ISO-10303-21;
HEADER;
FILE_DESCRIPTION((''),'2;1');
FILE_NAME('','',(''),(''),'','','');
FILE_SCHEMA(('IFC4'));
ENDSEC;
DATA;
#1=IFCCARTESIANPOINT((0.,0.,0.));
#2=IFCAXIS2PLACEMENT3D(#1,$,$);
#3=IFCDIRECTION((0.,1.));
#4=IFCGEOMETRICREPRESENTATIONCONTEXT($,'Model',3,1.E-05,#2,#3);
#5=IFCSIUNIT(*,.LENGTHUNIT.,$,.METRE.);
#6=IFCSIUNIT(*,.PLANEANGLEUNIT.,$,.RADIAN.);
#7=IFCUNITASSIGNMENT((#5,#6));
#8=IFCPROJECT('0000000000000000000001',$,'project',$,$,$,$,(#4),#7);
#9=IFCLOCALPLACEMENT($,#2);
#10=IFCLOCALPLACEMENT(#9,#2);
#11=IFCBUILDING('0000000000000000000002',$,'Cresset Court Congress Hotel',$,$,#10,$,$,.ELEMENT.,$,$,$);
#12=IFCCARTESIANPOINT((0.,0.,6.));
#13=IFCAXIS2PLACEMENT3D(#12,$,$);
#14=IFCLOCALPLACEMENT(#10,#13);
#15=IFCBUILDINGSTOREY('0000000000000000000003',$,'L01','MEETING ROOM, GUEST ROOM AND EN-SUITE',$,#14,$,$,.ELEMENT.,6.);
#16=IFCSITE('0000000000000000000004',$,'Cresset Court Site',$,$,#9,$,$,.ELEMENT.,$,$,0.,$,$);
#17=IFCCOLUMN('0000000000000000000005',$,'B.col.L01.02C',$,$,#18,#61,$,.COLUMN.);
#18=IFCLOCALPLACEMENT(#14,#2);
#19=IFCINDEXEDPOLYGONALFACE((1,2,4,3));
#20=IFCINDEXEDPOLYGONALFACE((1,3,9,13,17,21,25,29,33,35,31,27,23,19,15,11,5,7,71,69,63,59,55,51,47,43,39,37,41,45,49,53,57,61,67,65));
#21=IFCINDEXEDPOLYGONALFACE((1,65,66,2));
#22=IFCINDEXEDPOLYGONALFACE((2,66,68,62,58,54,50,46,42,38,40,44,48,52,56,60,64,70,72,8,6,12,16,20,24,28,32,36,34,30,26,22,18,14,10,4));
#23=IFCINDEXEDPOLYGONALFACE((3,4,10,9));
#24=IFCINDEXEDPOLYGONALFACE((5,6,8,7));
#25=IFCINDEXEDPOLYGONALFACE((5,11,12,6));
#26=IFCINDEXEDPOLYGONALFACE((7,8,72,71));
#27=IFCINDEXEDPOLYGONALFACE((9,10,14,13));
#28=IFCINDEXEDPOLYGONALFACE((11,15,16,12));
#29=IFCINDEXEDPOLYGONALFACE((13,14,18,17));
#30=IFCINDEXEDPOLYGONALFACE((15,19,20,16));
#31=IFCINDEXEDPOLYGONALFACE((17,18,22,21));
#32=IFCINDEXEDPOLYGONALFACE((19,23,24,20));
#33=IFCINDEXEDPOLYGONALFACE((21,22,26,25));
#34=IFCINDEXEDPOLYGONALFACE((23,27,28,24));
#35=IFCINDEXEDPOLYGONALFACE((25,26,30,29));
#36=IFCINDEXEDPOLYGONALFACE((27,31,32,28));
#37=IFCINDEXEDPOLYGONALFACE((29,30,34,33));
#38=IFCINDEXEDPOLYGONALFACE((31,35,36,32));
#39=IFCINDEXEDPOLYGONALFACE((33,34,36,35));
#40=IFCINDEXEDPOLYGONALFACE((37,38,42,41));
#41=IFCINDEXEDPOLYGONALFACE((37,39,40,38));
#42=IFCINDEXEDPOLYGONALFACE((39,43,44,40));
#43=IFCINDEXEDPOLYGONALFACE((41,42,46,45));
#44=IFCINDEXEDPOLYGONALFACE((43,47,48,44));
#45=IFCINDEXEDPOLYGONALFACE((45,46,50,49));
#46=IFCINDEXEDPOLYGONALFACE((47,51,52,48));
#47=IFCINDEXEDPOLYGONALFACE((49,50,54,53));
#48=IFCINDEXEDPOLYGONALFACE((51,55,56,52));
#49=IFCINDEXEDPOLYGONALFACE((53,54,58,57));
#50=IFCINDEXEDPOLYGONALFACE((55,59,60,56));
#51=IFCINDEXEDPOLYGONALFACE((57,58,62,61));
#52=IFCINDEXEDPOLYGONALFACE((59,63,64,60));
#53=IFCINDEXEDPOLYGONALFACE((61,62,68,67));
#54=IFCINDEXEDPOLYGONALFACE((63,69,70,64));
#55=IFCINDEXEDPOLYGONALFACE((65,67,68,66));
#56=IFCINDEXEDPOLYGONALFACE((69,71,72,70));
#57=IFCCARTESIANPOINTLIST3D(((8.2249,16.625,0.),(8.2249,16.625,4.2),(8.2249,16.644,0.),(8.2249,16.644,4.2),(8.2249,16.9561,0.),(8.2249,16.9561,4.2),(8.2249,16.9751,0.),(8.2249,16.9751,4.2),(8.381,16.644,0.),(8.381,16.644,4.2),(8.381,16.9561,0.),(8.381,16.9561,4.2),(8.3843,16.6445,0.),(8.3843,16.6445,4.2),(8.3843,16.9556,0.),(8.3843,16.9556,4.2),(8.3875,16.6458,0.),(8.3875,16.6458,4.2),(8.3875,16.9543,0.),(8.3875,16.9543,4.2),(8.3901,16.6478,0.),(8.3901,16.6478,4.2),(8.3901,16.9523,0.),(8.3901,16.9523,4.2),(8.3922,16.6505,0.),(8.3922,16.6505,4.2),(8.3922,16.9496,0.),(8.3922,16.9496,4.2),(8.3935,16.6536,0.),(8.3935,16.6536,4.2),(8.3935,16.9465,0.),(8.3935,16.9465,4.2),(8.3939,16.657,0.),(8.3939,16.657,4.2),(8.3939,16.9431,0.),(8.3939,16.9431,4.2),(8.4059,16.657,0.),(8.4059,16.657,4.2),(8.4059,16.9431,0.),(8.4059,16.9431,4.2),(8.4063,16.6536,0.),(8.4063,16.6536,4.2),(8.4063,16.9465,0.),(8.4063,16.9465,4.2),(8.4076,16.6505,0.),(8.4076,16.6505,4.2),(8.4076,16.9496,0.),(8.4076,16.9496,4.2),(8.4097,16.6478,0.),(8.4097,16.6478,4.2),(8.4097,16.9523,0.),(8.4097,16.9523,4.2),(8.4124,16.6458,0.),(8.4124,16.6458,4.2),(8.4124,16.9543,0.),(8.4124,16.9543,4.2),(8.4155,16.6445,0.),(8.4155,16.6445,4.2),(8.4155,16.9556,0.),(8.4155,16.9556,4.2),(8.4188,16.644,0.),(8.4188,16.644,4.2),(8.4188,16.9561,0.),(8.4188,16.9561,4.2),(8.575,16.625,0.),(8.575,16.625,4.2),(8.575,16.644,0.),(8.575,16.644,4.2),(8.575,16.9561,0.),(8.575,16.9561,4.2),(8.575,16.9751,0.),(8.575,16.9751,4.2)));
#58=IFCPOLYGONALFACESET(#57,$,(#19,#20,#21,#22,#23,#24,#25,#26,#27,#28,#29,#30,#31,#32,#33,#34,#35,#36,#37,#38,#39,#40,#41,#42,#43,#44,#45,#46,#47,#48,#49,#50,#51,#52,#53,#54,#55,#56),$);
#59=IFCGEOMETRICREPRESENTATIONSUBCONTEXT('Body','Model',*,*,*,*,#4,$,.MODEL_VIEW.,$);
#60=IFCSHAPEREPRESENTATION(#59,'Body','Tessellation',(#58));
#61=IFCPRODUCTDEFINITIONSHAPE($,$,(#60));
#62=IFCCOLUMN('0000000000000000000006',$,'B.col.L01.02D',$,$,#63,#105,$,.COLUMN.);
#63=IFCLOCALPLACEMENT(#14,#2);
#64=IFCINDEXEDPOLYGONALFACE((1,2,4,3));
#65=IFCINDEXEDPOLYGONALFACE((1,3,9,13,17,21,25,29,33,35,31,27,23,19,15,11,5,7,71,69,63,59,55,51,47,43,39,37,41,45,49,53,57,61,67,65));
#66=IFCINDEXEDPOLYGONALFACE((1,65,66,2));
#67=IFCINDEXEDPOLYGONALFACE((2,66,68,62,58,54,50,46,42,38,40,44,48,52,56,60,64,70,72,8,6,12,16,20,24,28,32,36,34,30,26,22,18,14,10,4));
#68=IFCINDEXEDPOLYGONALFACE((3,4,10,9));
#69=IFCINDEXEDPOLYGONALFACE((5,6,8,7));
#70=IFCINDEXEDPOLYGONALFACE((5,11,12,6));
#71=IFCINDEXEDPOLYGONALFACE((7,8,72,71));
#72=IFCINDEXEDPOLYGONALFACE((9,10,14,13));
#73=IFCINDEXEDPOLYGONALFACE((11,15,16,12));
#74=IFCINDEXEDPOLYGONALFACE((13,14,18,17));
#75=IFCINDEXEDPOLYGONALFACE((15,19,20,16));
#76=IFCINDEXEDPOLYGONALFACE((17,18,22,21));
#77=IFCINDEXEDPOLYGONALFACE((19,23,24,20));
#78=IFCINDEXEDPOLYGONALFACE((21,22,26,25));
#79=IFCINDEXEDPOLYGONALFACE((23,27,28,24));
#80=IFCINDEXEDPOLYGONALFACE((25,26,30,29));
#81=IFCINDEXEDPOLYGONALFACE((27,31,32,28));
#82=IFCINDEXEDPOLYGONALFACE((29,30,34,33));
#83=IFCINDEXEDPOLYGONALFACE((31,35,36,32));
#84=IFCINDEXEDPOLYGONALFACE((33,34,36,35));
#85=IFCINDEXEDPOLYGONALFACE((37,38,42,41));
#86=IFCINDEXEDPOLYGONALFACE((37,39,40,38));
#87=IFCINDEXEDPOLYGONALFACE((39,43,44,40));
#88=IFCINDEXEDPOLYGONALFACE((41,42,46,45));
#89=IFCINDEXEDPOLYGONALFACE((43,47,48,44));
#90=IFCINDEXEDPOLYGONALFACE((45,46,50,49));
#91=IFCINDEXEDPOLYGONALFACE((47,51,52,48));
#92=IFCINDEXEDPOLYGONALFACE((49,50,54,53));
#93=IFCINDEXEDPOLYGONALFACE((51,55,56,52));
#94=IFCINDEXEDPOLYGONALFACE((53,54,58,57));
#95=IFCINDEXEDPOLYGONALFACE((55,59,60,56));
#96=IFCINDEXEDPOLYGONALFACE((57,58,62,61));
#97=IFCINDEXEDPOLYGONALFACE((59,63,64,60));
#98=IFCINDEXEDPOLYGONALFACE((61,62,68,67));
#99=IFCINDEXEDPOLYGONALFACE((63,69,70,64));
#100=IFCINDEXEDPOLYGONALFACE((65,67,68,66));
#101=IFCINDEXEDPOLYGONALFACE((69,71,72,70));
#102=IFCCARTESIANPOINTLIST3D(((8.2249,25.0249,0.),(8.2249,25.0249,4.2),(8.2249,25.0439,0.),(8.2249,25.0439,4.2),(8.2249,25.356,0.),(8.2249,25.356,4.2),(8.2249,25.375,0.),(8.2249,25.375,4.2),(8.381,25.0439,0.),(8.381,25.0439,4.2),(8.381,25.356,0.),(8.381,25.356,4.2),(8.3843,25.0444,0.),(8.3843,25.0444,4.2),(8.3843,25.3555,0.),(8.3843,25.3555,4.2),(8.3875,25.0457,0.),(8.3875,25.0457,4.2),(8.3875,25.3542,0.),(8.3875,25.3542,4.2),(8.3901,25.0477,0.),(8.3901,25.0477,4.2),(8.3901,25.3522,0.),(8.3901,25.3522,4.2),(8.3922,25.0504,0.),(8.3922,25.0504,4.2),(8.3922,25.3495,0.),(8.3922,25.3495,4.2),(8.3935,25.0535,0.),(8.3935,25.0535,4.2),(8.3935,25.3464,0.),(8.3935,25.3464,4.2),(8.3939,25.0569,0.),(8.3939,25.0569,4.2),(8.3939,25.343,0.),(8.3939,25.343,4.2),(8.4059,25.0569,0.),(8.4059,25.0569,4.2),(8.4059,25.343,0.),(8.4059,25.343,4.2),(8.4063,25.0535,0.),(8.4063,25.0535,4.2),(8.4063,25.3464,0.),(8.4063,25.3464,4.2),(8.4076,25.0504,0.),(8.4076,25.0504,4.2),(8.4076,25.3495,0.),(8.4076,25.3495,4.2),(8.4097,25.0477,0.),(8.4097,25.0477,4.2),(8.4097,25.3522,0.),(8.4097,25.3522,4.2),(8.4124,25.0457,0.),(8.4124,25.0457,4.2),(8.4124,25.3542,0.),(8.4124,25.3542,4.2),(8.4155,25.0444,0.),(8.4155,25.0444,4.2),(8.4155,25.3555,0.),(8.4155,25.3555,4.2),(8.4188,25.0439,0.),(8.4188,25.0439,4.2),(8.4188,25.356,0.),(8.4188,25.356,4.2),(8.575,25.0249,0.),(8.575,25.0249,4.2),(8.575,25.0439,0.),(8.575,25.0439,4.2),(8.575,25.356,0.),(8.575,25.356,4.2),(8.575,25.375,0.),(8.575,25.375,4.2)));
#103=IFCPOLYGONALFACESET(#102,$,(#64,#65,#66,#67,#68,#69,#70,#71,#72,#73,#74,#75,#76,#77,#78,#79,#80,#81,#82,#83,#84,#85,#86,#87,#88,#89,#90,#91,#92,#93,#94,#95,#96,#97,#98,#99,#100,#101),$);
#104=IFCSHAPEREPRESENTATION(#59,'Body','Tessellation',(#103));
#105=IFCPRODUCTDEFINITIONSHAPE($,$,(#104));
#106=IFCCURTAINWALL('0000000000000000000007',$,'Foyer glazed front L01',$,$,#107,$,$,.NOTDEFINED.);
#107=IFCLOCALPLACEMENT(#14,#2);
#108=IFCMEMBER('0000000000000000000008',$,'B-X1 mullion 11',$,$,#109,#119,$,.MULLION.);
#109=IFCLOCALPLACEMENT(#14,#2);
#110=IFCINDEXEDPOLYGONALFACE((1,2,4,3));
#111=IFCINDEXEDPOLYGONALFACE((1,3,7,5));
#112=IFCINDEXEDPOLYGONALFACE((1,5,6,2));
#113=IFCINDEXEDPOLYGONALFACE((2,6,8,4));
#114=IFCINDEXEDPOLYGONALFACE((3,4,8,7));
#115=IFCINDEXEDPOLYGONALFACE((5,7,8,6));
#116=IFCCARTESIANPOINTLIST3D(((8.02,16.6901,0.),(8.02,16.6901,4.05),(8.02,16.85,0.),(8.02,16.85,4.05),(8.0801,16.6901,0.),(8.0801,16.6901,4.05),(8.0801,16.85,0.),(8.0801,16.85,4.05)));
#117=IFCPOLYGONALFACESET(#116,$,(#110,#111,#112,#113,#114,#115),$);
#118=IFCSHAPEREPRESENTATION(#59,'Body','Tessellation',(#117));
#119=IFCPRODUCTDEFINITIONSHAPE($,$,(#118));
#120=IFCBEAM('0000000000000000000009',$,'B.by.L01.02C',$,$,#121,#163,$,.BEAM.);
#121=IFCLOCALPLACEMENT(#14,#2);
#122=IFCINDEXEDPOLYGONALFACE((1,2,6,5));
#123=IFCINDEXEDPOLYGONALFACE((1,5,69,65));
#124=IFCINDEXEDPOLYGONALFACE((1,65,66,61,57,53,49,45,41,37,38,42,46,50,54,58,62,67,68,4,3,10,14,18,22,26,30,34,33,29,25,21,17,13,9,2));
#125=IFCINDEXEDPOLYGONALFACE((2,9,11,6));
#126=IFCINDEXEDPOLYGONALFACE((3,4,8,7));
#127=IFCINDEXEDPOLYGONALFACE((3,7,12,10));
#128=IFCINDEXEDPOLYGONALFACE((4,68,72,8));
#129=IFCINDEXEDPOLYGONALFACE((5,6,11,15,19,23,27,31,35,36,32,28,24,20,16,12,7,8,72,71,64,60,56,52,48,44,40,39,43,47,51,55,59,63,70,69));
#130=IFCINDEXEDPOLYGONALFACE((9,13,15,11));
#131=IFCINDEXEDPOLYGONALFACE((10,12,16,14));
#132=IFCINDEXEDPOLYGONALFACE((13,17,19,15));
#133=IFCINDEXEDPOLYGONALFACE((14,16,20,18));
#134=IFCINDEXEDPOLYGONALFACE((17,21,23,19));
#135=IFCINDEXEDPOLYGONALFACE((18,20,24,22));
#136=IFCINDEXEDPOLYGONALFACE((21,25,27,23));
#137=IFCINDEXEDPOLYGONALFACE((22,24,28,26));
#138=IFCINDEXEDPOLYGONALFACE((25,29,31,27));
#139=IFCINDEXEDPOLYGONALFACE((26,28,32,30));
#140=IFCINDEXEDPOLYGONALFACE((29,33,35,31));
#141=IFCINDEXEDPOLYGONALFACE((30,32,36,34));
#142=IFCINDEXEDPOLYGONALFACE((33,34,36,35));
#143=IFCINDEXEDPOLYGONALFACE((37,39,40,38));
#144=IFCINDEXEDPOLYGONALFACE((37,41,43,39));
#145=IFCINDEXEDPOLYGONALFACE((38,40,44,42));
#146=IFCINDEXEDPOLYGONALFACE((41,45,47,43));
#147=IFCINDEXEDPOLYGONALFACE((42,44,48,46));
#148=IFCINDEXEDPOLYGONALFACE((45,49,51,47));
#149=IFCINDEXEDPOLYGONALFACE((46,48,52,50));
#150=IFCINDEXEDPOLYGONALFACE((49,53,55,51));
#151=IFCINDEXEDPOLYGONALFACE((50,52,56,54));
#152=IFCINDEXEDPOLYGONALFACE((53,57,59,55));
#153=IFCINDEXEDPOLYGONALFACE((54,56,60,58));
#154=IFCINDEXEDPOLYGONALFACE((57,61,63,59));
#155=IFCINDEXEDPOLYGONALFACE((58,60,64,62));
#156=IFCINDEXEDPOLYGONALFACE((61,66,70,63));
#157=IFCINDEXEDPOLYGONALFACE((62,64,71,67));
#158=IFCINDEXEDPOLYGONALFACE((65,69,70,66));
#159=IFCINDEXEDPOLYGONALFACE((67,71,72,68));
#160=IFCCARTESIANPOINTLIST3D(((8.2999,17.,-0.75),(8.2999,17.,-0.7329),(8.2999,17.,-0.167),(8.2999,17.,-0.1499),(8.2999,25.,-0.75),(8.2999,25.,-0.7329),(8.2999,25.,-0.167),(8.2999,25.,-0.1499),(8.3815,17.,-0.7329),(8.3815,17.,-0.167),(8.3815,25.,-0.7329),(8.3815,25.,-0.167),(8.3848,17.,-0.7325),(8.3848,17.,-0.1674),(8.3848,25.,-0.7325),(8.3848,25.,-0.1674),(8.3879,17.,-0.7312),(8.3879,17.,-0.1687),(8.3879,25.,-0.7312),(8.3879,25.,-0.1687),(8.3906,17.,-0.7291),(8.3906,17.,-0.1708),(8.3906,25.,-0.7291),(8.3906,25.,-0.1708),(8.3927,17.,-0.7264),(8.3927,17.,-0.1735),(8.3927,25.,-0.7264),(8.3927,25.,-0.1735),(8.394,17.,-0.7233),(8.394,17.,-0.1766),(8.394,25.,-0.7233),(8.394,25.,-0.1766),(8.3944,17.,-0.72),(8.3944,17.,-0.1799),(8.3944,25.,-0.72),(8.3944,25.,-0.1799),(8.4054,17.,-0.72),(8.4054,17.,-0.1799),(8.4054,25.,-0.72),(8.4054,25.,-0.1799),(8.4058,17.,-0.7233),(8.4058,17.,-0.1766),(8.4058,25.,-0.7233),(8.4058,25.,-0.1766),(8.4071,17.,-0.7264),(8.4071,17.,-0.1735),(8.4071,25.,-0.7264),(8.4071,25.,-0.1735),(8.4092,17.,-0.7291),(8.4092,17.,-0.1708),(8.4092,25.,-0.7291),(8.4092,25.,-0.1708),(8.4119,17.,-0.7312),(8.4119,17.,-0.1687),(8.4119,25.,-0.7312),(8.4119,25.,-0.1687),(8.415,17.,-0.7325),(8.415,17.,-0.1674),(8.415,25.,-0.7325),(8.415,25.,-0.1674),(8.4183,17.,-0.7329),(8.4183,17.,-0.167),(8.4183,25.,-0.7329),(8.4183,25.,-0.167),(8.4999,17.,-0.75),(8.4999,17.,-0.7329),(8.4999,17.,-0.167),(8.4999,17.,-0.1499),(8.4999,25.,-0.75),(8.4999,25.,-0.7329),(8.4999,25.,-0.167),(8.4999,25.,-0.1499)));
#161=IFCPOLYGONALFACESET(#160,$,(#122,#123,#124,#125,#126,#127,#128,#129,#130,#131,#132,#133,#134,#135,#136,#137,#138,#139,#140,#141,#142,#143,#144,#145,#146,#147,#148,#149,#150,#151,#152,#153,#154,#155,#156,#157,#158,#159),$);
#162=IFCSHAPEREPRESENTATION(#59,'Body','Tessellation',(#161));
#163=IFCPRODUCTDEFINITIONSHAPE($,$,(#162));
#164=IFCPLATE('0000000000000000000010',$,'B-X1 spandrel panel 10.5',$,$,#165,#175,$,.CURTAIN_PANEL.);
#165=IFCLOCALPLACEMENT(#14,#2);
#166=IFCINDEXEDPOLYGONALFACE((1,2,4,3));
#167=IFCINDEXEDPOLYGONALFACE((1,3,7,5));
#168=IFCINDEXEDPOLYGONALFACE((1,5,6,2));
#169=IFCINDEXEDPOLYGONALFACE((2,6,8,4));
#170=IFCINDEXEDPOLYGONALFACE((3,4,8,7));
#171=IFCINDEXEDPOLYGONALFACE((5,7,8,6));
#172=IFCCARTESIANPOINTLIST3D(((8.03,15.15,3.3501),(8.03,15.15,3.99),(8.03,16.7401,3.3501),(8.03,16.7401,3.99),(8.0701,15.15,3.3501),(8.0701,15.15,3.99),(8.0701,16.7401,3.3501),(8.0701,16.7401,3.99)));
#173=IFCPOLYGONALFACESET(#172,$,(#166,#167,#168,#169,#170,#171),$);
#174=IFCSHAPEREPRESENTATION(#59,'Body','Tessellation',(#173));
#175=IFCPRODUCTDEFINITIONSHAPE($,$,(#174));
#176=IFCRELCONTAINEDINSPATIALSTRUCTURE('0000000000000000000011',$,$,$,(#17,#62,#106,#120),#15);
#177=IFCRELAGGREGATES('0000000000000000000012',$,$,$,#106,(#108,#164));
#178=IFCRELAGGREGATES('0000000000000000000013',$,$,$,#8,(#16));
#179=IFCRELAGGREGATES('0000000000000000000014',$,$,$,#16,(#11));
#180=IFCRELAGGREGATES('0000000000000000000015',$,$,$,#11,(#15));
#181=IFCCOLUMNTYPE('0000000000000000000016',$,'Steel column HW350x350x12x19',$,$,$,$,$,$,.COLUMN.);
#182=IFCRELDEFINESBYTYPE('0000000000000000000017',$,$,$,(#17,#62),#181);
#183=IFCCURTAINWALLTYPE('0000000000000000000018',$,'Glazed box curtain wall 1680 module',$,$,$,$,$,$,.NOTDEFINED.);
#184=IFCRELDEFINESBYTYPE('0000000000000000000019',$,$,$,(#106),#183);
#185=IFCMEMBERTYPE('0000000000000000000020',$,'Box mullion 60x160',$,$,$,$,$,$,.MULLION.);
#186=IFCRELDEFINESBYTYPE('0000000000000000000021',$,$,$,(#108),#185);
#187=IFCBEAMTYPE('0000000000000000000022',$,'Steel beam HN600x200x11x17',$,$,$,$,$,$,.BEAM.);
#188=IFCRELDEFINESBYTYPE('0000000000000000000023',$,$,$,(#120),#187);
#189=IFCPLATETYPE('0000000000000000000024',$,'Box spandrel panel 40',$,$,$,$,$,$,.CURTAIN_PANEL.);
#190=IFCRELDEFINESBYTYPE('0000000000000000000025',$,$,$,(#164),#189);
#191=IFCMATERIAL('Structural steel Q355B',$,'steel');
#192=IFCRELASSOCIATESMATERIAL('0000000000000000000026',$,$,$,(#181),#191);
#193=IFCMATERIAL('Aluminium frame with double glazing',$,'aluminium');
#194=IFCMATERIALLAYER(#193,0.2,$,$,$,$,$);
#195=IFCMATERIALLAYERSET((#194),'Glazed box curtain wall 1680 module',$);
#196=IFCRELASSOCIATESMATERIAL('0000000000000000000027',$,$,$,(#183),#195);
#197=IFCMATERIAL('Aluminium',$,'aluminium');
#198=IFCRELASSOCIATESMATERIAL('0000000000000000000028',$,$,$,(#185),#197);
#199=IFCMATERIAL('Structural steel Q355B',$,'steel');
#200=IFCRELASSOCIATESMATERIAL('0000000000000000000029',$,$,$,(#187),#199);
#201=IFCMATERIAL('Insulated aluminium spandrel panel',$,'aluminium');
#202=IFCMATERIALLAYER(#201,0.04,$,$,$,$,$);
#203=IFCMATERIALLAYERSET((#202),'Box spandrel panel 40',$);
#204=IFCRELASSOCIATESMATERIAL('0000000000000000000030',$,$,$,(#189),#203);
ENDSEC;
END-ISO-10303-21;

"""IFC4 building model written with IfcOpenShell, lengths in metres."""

from ifc_helpers import new_model, si_unit, direction, frame, origin, origin_2d, place, context, subcontext, project, spatial, rectangle, i_section, extrude, material, layer, layer_set, material_profile, profile_set, type_object, element, aggregate, save


model = new_model("IFC4")

# Units and contexts
model_context = context("Model", 3, precision=1e-05, world=origin(), true_north=direction((0.0, 1.0)))
body_context = subcontext(model_context, "Body", "Model", "MODEL_VIEW")
ifc_project = project(units=[si_unit("LENGTHUNIT", "METRE"), si_unit("PLANEANGLEUNIT", "RADIAN")], contexts=[model_context])

# Site, building, storey
site_placement = place(None, origin())
site = spatial("IfcSite", under=ifc_project, at=site_placement, Name="Cresset Court Site", CompositionType="ELEMENT", RefElevation=0.0)
building_placement = place(site_placement, origin())
building = spatial("IfcBuilding", under=site, at=building_placement, Name="Cresset Court Congress Hotel", CompositionType="ELEMENT")
storey_placement = place(building_placement, frame((0.0, 0.0, 6.0)))
storey = spatial("IfcBuildingStorey", under=building, at=storey_placement, Name="L01", Description="MEETING ROOM, GUEST ROOM AND EN-SUITE", CompositionType="ELEMENT", Elevation=6.0)

# Columns
ifc_material_1 = material(Name="Structural steel Q355B", Category="steel")
ifc_material_profile_1 = material_profile(ifc_material_1, i_section(OverallWidth=0.3501, OverallDepth=0.3501, WebThickness=0.012, FlangeThickness=0.019, FilletRadius=0.0129, at=origin_2d()), Name="HW350x350x12x19")
ifc_profile_set_1 = profile_set([ifc_material_profile_1], Name="Structural steel Q355B")
column_type = type_object("IfcColumnType", Name="Steel column HW350x350x12x19", PredefinedType="COLUMN", material=ifc_profile_set_1)
for number, where, z_axis, x_axis, name in (
    (1, (8.3999, 16.8, 0.0), (0.0, 0.0, 1.0), (1.0, 0.0, 0.0), "B.col.L01.02C"),
    (2, (8.3999, 25.2, 0.0), (0.0, 0.0, 1.0), (1.0, 0.0, 0.0), "B.col.L01.02D"),
):
    element("IfcColumn", number, at=place(storey_placement, frame(where, z_axis=z_axis, x_axis=x_axis)), inside=storey, type_object=column_type, Name=name, PredefinedType="COLUMN", context=body_context, shape_type="SweptSolid", body=[
        extrude(i_section(OverallWidth=0.3501, OverallDepth=0.3501, WebThickness=0.012, FlangeThickness=0.019, FilletRadius=0.0129, at=origin_2d()), origin(), (0.0, 0.0, 1.0), 4.2),
    ])

# Curtain wall, member
ifc_material_2 = material(Name="Aluminium frame with double glazing", Category="aluminium")
ifc_layer_1 = layer(ifc_material_2, 0.2)
ifc_layer_set_1 = layer_set([ifc_layer_1], Name="Glazed box curtain wall 1680 module")
curtain_wall_type = type_object("IfcCurtainWallType", Name="Glazed box curtain wall 1680 module", PredefinedType="NOTDEFINED", material=ifc_layer_set_1)
curtain_wall_placement = place(storey_placement, origin())
curtain_wall = element("IfcCurtainWall", 3, at=curtain_wall_placement, inside=storey, type_object=curtain_wall_type, Name="Foyer glazed front L01", PredefinedType="NOTDEFINED")
ifc_material_3 = material(Name="Aluminium", Category="aluminium")
ifc_material_profile_2 = material_profile(ifc_material_3, rectangle(XDim=0.0601, YDim=0.1599, at=origin_2d()), Name="Box mullion 60x160")
ifc_profile_set_2 = profile_set([ifc_material_profile_2], Name="Aluminium")
member_type = type_object("IfcMemberType", Name="Box mullion 60x160", PredefinedType="MULLION", material=ifc_profile_set_2)
member_placement = place(storey_placement, frame((8.05, 16.77, 0.0), z_axis=(0.0, 0.0, 1.0), x_axis=(-1.0, 0.0, 0.0)))
member = element("IfcMember", 4, at=member_placement, type_object=member_type, Name="B-X1 mullion 11", PredefinedType="MULLION", context=body_context, shape_type="SweptSolid", body=[
    extrude(rectangle(XDim=0.0601, YDim=0.1599, at=origin_2d()), origin(), (0.0, 0.0, 1.0), 4.05),
])

# Beam
ifc_material_4 = material(Name="Structural steel Q355B", Category="steel")
ifc_material_profile_3 = material_profile(ifc_material_4, i_section(OverallWidth=0.2, OverallDepth=0.6001, WebThickness=0.011, FlangeThickness=0.0171, FilletRadius=0.0129, at=origin_2d()), Name="HN600x200x11x17")
ifc_profile_set_3 = profile_set([ifc_material_profile_3], Name="Structural steel Q355B")
beam_type = type_object("IfcBeamType", Name="Steel beam HN600x200x11x17", PredefinedType="BEAM", material=ifc_profile_set_3)
beam_placement = place(storey_placement, frame((8.3999, 17.0, -0.45), z_axis=(0.0, 1.0, 0.0), x_axis=(-1.0, 0.0, 0.0)))
element("IfcBeam", 5, at=beam_placement, inside=storey, type_object=beam_type, Name="B.by.L01.02C", PredefinedType="BEAM", context=body_context, shape_type="SweptSolid", body=[
    extrude(i_section(OverallWidth=0.2, OverallDepth=0.6001, WebThickness=0.011, FlangeThickness=0.0171, FilletRadius=0.0129, at=origin_2d()), origin(), (0.0, 0.0, 1.0), 8.0),
])

# Plate
ifc_material_5 = material(Name="Insulated aluminium spandrel panel", Category="aluminium")
ifc_layer_2 = layer(ifc_material_5, 0.04)
ifc_layer_set_2 = layer_set([ifc_layer_2], Name="Box spandrel panel 40")
plate_type = type_object("IfcPlateType", Name="Box spandrel panel 40", PredefinedType="CURTAIN_PANEL", material=ifc_layer_set_2)
plate_placement = place(storey_placement, frame((8.05, 15.9451, 3.3501), z_axis=(0.0, 0.0, 1.0), x_axis=(0.0, 1.0, 0.0)))
plate = element("IfcPlate", 6, at=plate_placement, type_object=plate_type, Name="B-X1 spandrel panel 10.5", PredefinedType="CURTAIN_PANEL", context=body_context, shape_type="SweptSolid", body=[
    extrude(rectangle(XDim=1.5901, YDim=0.04, at=origin_2d()), origin(), (0.0, 0.0, 1.0), 0.6399),
])
aggregate(curtain_wall, [member, plate])

save(model, "model.ifc")
